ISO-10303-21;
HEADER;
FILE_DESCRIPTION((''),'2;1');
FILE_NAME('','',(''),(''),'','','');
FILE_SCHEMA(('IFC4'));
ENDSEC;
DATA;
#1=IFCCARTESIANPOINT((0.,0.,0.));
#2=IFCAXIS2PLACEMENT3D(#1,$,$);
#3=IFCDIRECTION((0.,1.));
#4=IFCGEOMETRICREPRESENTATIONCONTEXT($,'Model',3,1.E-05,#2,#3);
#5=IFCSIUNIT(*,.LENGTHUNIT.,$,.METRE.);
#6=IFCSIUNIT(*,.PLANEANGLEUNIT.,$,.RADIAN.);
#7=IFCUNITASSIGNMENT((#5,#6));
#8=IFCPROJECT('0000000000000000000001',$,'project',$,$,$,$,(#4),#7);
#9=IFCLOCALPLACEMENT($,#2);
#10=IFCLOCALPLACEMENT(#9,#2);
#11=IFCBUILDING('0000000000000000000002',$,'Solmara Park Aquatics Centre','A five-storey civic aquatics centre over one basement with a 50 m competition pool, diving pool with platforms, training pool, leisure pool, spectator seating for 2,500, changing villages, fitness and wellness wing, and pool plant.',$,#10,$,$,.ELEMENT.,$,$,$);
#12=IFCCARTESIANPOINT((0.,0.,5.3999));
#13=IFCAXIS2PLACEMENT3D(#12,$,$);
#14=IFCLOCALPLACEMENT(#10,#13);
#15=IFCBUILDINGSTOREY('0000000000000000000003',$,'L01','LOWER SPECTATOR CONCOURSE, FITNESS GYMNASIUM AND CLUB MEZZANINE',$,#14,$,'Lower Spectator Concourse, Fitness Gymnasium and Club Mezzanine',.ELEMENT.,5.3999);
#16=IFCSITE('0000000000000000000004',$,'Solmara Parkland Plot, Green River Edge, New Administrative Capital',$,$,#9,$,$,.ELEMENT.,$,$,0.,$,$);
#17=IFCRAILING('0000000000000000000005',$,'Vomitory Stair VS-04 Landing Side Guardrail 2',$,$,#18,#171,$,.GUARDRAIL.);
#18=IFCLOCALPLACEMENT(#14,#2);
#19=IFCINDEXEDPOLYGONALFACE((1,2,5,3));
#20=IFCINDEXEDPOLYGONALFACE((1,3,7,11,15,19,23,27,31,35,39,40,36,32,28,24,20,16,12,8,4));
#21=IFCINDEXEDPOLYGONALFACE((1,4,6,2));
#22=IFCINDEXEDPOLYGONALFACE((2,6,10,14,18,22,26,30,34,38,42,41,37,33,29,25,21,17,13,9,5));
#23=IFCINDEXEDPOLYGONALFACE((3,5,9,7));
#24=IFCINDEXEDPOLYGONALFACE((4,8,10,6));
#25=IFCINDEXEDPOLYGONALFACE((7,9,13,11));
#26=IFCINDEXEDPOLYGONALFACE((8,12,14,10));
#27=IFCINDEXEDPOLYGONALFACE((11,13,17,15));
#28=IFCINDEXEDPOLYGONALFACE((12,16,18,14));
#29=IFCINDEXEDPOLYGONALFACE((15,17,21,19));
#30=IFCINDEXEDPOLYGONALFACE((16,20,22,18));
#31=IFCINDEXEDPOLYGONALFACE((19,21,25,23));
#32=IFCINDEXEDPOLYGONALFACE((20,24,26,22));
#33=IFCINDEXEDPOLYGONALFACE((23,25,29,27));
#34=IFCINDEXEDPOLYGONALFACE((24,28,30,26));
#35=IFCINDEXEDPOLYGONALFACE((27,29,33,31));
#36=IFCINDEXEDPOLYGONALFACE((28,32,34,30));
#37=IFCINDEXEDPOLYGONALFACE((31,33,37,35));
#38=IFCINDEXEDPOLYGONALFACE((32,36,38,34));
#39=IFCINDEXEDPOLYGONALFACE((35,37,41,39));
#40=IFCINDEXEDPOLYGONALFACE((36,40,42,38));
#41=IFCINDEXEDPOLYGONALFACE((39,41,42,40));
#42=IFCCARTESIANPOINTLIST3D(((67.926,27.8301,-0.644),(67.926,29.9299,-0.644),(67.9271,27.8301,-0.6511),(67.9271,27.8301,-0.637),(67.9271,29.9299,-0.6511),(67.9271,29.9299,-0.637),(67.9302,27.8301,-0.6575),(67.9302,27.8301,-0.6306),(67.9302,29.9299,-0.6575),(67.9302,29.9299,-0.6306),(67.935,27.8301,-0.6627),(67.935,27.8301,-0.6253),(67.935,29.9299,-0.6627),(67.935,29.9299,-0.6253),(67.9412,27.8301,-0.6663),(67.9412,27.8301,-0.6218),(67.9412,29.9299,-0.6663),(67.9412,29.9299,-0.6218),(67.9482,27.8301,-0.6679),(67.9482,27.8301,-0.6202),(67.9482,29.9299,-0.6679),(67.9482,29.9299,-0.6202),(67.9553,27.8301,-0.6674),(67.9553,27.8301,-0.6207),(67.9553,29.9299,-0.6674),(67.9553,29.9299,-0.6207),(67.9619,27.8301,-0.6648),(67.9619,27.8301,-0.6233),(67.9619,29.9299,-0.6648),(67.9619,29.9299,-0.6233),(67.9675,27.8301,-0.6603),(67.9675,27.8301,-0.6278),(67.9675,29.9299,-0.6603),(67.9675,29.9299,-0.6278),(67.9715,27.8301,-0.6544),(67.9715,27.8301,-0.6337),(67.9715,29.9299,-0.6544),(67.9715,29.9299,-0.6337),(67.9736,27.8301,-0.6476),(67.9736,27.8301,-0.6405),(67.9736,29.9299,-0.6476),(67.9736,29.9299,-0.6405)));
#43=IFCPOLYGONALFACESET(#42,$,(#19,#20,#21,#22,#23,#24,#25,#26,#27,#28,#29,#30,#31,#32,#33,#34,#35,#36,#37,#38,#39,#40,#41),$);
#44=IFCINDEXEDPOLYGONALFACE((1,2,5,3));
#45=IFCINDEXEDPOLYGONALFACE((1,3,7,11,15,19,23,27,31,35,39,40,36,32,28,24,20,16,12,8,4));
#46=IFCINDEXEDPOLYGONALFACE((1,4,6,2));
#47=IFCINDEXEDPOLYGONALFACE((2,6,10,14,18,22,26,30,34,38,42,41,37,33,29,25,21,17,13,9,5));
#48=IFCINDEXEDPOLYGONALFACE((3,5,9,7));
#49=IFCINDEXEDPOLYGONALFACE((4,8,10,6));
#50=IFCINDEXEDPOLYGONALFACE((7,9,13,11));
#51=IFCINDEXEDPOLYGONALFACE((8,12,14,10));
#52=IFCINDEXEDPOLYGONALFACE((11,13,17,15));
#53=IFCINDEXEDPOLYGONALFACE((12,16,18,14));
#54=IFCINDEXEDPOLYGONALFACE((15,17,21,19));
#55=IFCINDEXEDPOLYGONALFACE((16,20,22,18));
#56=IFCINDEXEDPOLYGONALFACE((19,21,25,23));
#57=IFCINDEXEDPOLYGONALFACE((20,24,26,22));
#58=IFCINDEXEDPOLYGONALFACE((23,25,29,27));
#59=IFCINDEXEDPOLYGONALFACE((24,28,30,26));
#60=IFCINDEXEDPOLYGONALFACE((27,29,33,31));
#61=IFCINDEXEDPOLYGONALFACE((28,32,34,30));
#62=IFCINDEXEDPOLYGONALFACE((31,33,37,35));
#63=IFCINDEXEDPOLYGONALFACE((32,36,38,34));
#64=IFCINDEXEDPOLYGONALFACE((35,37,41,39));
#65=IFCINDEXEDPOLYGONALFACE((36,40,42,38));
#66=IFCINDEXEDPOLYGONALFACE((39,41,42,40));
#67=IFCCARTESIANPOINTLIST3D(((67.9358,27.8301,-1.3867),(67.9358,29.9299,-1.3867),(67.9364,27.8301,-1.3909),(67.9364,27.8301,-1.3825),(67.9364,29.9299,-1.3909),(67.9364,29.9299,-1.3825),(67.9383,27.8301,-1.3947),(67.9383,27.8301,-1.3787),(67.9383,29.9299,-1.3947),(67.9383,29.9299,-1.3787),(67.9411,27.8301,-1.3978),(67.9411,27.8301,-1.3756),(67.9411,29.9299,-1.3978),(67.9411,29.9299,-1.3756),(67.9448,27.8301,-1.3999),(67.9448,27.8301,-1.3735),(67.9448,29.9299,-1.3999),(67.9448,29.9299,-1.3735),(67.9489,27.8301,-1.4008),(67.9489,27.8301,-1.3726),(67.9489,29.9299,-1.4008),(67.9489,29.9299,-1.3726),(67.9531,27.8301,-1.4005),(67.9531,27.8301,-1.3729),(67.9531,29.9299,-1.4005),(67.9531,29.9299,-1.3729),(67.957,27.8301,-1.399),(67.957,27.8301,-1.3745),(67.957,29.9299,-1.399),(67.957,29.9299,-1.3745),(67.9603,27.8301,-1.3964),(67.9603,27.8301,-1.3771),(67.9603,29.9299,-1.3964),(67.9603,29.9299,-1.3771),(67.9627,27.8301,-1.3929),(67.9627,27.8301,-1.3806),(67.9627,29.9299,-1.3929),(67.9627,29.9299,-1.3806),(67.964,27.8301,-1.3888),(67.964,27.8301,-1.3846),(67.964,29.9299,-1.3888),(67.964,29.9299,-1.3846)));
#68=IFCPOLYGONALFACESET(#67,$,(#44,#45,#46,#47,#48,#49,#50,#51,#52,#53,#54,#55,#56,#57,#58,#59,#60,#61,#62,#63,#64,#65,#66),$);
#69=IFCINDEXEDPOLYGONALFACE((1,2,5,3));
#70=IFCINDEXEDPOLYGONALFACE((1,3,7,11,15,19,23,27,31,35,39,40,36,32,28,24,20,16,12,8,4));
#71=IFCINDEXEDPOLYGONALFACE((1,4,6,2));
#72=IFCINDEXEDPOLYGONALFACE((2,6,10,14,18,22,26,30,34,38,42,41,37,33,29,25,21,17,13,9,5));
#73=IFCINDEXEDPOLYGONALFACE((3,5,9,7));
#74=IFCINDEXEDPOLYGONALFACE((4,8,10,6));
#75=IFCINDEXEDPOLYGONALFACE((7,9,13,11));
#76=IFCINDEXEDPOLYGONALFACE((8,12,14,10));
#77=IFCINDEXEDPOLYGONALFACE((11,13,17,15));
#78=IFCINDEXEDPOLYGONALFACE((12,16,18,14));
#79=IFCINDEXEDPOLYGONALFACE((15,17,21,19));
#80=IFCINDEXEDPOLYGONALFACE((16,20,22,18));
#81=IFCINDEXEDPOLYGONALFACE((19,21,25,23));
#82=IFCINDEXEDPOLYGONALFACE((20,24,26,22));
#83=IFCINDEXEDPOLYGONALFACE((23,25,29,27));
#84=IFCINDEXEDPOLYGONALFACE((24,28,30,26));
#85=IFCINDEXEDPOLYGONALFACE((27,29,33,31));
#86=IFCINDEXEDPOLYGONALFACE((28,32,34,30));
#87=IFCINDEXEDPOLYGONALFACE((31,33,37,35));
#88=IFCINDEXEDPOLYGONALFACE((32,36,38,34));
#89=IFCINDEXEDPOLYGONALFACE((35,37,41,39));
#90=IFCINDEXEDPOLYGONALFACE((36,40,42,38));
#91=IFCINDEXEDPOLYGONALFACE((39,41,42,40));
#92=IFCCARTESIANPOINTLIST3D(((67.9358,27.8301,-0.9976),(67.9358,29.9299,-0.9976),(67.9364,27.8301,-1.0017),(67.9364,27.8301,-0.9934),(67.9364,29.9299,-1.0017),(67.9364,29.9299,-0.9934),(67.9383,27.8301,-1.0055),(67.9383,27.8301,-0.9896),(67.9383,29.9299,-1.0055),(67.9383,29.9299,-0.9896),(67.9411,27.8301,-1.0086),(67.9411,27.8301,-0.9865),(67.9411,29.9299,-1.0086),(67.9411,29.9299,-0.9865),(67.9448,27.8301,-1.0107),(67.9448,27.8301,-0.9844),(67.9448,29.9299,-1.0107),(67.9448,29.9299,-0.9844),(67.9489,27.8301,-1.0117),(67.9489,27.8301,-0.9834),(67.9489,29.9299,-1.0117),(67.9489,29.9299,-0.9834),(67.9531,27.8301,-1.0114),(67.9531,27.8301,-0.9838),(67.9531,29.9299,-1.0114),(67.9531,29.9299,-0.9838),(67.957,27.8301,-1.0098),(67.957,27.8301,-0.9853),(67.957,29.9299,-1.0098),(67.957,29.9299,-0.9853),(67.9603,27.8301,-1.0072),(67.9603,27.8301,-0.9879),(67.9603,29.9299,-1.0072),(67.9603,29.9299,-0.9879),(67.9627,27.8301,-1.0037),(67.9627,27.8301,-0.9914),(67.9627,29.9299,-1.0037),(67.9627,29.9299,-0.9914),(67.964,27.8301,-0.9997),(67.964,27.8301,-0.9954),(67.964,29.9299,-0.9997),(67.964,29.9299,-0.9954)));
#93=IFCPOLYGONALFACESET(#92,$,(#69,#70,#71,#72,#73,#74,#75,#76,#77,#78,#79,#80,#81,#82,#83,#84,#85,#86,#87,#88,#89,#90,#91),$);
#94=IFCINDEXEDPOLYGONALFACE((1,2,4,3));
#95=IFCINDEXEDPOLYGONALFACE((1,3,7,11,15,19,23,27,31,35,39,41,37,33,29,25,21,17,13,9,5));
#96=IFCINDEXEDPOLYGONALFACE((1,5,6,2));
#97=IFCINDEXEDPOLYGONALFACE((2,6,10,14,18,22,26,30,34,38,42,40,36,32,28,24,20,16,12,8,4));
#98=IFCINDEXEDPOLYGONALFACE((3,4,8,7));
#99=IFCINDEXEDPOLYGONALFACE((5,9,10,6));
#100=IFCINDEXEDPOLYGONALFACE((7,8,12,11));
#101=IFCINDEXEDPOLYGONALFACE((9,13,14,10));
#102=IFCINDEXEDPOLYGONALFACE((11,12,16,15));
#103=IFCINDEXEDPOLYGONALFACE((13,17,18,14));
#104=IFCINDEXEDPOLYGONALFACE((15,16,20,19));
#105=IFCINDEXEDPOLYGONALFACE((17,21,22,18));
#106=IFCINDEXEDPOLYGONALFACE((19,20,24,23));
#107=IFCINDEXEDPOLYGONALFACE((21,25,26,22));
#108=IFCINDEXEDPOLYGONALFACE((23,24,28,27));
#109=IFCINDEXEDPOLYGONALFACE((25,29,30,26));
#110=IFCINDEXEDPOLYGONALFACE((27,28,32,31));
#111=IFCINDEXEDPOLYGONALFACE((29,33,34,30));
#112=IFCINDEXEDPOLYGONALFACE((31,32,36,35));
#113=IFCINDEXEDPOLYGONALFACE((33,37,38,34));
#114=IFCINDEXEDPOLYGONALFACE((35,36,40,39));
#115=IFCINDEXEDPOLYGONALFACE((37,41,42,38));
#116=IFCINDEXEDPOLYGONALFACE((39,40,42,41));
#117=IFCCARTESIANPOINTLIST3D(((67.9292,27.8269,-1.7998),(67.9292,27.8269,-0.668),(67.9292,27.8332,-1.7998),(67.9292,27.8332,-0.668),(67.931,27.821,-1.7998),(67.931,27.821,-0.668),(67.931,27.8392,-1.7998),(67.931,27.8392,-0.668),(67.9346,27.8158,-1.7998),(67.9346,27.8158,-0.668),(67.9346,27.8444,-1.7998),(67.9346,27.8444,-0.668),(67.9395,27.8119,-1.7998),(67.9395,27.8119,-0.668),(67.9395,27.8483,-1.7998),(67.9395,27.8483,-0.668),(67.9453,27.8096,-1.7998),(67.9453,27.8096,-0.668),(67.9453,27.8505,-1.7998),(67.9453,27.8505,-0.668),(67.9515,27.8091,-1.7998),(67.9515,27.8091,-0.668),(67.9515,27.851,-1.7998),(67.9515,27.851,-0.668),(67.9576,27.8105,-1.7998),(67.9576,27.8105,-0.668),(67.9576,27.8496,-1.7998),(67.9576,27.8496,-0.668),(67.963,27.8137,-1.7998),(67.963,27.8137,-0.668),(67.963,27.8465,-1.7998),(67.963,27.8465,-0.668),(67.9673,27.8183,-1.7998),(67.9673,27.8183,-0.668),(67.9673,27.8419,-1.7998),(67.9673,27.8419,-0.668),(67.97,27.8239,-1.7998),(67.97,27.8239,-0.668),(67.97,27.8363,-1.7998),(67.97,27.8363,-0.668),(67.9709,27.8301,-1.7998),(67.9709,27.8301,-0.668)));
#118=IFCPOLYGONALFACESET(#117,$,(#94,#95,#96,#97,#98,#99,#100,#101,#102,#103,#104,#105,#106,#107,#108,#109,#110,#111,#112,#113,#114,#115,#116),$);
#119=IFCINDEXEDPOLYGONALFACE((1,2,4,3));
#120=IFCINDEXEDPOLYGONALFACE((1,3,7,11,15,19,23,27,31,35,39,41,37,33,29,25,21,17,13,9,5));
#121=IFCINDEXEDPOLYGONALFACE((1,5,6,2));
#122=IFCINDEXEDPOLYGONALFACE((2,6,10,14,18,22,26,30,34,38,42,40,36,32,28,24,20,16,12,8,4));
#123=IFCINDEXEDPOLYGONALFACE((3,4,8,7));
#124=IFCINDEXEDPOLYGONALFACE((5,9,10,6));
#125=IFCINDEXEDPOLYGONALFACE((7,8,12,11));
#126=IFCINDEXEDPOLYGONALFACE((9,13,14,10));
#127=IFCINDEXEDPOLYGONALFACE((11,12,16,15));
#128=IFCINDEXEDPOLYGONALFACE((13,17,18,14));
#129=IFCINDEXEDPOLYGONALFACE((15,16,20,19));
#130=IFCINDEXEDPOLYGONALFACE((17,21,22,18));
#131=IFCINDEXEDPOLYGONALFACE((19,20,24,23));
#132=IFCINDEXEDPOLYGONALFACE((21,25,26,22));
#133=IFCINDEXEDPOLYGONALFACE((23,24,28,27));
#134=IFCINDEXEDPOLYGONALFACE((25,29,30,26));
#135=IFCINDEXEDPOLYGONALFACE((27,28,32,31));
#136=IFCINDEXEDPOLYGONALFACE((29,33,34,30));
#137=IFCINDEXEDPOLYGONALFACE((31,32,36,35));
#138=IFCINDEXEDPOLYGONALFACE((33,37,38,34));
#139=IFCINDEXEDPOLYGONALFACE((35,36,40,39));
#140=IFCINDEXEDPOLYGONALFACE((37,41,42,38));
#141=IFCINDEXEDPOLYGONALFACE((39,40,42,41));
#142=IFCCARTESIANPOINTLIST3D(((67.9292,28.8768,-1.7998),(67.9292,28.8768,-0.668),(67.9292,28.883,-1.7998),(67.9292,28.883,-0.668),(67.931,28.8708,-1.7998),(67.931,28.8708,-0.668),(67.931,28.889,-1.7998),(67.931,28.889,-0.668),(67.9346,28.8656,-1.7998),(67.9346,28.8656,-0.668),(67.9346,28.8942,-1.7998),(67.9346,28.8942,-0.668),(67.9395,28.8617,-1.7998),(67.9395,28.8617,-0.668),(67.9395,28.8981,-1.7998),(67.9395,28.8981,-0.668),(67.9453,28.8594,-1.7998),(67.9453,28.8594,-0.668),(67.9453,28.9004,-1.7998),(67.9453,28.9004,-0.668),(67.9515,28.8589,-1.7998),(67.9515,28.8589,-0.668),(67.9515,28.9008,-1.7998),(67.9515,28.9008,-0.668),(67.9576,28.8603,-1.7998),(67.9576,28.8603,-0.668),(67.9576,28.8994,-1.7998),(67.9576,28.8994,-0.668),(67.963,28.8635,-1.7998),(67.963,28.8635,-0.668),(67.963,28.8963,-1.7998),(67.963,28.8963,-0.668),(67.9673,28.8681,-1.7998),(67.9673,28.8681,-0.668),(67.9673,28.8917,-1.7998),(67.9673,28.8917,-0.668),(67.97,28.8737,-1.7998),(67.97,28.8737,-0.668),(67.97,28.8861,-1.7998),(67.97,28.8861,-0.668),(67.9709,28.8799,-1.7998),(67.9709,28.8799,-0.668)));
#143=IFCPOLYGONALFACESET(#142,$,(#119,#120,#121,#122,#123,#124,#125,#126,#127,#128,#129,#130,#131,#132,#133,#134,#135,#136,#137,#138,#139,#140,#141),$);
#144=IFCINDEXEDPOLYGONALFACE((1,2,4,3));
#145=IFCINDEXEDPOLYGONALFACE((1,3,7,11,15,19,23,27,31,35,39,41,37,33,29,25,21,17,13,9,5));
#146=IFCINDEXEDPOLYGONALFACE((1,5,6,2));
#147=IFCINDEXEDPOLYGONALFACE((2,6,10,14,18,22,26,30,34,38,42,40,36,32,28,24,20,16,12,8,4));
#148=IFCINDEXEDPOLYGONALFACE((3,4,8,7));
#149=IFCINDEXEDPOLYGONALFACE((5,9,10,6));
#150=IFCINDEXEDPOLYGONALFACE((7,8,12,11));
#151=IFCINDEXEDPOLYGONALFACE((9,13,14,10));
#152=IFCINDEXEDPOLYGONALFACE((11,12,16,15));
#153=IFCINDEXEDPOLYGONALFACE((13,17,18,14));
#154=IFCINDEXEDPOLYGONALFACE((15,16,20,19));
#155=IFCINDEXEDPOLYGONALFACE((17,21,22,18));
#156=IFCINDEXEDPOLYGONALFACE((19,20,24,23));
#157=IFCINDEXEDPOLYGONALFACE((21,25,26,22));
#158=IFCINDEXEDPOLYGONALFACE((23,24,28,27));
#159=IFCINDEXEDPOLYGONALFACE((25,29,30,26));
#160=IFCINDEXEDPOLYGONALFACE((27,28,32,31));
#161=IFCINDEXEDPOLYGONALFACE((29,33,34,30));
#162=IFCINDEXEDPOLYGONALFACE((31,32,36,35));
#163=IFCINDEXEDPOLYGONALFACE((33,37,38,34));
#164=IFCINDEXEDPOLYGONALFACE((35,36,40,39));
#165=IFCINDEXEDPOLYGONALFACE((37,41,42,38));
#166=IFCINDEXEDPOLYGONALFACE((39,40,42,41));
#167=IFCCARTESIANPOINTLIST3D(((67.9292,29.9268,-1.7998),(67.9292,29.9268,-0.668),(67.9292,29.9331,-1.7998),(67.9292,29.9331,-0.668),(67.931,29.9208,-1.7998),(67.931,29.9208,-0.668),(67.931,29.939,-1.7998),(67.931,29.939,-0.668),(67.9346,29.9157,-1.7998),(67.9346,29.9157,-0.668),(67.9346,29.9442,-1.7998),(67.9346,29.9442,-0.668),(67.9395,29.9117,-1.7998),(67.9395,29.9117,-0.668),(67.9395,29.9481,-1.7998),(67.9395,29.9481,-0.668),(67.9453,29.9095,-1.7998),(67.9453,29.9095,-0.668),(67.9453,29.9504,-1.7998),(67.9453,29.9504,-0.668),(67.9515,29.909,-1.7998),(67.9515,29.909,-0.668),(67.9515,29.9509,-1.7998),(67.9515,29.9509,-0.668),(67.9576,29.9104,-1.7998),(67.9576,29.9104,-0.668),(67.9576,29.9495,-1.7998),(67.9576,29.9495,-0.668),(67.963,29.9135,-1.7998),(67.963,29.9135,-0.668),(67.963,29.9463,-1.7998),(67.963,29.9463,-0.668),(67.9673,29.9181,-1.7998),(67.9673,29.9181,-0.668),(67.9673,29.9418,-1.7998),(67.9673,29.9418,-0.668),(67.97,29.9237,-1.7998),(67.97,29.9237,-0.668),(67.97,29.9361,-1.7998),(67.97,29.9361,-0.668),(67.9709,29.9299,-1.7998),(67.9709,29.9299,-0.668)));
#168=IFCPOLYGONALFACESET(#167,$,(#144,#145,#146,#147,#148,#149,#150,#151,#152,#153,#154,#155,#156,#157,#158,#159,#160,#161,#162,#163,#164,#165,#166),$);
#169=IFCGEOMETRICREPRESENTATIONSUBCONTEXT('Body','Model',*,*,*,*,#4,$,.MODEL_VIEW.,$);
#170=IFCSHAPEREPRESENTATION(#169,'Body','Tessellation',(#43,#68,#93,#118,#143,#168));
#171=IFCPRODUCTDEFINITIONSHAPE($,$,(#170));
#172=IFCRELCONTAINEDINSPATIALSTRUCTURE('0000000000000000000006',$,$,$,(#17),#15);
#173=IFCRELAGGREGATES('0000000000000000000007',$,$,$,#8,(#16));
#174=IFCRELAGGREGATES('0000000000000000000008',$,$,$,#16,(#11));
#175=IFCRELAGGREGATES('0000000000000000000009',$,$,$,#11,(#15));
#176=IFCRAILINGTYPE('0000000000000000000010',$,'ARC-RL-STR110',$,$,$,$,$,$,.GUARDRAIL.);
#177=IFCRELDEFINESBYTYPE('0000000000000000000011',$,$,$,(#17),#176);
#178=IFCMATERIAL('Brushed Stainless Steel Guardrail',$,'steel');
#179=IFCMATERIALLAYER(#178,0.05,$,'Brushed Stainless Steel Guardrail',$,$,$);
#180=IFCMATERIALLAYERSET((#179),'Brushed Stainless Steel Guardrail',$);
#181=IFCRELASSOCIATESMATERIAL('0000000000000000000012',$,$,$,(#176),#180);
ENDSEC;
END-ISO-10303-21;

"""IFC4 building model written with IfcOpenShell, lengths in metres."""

from ifc_helpers import new_model, si_unit, direction, frame, origin, origin_2d, place, context, subcontext, project, spatial, circle, extrude, material, layer, layer_set, type_object, element, save


model = new_model("IFC4")

# Units and contexts
model_context = context("Model", 3, precision=1e-05, world=origin(), true_north=direction((0.0, 1.0)))
body_context = subcontext(model_context, "Body", "Model", "MODEL_VIEW")
ifc_project = project(units=[si_unit("LENGTHUNIT", "METRE"), si_unit("PLANEANGLEUNIT", "RADIAN")], contexts=[model_context])

# Site, building, storey
site_placement = place(None, origin())
site = spatial("IfcSite", under=ifc_project, at=site_placement, Name="Solmara Parkland Plot, Green River Edge, New Administrative Capital", CompositionType="ELEMENT", RefElevation=0.0)
building_placement = place(site_placement, origin())
building = spatial("IfcBuilding", under=site, at=building_placement, Name="Solmara Park Aquatics Centre", Description="A five-storey civic aquatics centre over one basement with a 50 m competition pool, diving pool with platforms, training pool, leisure pool, spectator seating for 2,500, changing villages, fitness and wellness wing, and pool plant.", CompositionType="ELEMENT")
storey_placement = place(building_placement, frame((0.0, 0.0, 5.3999)))
storey = spatial("IfcBuildingStorey", under=building, at=storey_placement, Name="L01", Description="LOWER SPECTATOR CONCOURSE, FITNESS GYMNASIUM AND CLUB MEZZANINE", LongName="Lower Spectator Concourse, Fitness Gymnasium and Club Mezzanine", CompositionType="ELEMENT", Elevation=5.3999)

# Railing
ifc_material_1 = material(Name="Brushed Stainless Steel Guardrail", Category="steel")
ifc_layer_1 = layer(ifc_material_1, 0.05, Name="Brushed Stainless Steel Guardrail")
ifc_layer_set_1 = layer_set([ifc_layer_1], Name="Brushed Stainless Steel Guardrail")
railing_type_1 = type_object("IfcRailingType", Name="ARC-RL-STR110", PredefinedType="GUARDRAIL", material=ifc_layer_set_1)
railing_1_placement = place(storey_placement, frame((67.95, 27.8301, -1.7998)))
element("IfcRailing", 1, at=railing_1_placement, inside=storey, type_object=railing_type_1, Name="Vomitory Stair VS-04 Landing Side Guardrail 2", PredefinedType="GUARDRAIL", context=body_context, shape_type="SweptSolid", body=[
    extrude(circle(Radius=0.0239, at=origin_2d()), frame((0.0, 0.0, 1.1558), z_axis=(0.0, 1.0, 0.0), x_axis=(-1.0, 0.0, 0.0)), (0.0, 0.0, 1.0), 2.0999),
    extrude(circle(Radius=0.0142, at=origin_2d()), frame((0.0, 0.0, 0.4131), z_axis=(0.0, 1.0, 0.0), x_axis=(-1.0, 0.0, 0.0)), (0.0, 0.0, 1.0), 2.0999),
    extrude(circle(Radius=0.0142, at=origin_2d()), frame((0.0, 0.0, 0.8022), z_axis=(0.0, 1.0, 0.0), x_axis=(-1.0, 0.0, 0.0)), (0.0, 0.0, 1.0), 2.0999),
    extrude(circle(Radius=0.021, at=origin_2d()), origin(), (0.0, 0.0, 1.0), 1.1318),
    extrude(circle(Radius=0.021, at=origin_2d()), frame((0.0, 1.0498, 0.0)), (0.0, 0.0, 1.0), 1.1318),
    extrude(circle(Radius=0.021, at=origin_2d()), frame((0.0, 2.0999, 0.0)), (0.0, 0.0, 1.0), 1.1318),
])

save(model, "model.ifc")
